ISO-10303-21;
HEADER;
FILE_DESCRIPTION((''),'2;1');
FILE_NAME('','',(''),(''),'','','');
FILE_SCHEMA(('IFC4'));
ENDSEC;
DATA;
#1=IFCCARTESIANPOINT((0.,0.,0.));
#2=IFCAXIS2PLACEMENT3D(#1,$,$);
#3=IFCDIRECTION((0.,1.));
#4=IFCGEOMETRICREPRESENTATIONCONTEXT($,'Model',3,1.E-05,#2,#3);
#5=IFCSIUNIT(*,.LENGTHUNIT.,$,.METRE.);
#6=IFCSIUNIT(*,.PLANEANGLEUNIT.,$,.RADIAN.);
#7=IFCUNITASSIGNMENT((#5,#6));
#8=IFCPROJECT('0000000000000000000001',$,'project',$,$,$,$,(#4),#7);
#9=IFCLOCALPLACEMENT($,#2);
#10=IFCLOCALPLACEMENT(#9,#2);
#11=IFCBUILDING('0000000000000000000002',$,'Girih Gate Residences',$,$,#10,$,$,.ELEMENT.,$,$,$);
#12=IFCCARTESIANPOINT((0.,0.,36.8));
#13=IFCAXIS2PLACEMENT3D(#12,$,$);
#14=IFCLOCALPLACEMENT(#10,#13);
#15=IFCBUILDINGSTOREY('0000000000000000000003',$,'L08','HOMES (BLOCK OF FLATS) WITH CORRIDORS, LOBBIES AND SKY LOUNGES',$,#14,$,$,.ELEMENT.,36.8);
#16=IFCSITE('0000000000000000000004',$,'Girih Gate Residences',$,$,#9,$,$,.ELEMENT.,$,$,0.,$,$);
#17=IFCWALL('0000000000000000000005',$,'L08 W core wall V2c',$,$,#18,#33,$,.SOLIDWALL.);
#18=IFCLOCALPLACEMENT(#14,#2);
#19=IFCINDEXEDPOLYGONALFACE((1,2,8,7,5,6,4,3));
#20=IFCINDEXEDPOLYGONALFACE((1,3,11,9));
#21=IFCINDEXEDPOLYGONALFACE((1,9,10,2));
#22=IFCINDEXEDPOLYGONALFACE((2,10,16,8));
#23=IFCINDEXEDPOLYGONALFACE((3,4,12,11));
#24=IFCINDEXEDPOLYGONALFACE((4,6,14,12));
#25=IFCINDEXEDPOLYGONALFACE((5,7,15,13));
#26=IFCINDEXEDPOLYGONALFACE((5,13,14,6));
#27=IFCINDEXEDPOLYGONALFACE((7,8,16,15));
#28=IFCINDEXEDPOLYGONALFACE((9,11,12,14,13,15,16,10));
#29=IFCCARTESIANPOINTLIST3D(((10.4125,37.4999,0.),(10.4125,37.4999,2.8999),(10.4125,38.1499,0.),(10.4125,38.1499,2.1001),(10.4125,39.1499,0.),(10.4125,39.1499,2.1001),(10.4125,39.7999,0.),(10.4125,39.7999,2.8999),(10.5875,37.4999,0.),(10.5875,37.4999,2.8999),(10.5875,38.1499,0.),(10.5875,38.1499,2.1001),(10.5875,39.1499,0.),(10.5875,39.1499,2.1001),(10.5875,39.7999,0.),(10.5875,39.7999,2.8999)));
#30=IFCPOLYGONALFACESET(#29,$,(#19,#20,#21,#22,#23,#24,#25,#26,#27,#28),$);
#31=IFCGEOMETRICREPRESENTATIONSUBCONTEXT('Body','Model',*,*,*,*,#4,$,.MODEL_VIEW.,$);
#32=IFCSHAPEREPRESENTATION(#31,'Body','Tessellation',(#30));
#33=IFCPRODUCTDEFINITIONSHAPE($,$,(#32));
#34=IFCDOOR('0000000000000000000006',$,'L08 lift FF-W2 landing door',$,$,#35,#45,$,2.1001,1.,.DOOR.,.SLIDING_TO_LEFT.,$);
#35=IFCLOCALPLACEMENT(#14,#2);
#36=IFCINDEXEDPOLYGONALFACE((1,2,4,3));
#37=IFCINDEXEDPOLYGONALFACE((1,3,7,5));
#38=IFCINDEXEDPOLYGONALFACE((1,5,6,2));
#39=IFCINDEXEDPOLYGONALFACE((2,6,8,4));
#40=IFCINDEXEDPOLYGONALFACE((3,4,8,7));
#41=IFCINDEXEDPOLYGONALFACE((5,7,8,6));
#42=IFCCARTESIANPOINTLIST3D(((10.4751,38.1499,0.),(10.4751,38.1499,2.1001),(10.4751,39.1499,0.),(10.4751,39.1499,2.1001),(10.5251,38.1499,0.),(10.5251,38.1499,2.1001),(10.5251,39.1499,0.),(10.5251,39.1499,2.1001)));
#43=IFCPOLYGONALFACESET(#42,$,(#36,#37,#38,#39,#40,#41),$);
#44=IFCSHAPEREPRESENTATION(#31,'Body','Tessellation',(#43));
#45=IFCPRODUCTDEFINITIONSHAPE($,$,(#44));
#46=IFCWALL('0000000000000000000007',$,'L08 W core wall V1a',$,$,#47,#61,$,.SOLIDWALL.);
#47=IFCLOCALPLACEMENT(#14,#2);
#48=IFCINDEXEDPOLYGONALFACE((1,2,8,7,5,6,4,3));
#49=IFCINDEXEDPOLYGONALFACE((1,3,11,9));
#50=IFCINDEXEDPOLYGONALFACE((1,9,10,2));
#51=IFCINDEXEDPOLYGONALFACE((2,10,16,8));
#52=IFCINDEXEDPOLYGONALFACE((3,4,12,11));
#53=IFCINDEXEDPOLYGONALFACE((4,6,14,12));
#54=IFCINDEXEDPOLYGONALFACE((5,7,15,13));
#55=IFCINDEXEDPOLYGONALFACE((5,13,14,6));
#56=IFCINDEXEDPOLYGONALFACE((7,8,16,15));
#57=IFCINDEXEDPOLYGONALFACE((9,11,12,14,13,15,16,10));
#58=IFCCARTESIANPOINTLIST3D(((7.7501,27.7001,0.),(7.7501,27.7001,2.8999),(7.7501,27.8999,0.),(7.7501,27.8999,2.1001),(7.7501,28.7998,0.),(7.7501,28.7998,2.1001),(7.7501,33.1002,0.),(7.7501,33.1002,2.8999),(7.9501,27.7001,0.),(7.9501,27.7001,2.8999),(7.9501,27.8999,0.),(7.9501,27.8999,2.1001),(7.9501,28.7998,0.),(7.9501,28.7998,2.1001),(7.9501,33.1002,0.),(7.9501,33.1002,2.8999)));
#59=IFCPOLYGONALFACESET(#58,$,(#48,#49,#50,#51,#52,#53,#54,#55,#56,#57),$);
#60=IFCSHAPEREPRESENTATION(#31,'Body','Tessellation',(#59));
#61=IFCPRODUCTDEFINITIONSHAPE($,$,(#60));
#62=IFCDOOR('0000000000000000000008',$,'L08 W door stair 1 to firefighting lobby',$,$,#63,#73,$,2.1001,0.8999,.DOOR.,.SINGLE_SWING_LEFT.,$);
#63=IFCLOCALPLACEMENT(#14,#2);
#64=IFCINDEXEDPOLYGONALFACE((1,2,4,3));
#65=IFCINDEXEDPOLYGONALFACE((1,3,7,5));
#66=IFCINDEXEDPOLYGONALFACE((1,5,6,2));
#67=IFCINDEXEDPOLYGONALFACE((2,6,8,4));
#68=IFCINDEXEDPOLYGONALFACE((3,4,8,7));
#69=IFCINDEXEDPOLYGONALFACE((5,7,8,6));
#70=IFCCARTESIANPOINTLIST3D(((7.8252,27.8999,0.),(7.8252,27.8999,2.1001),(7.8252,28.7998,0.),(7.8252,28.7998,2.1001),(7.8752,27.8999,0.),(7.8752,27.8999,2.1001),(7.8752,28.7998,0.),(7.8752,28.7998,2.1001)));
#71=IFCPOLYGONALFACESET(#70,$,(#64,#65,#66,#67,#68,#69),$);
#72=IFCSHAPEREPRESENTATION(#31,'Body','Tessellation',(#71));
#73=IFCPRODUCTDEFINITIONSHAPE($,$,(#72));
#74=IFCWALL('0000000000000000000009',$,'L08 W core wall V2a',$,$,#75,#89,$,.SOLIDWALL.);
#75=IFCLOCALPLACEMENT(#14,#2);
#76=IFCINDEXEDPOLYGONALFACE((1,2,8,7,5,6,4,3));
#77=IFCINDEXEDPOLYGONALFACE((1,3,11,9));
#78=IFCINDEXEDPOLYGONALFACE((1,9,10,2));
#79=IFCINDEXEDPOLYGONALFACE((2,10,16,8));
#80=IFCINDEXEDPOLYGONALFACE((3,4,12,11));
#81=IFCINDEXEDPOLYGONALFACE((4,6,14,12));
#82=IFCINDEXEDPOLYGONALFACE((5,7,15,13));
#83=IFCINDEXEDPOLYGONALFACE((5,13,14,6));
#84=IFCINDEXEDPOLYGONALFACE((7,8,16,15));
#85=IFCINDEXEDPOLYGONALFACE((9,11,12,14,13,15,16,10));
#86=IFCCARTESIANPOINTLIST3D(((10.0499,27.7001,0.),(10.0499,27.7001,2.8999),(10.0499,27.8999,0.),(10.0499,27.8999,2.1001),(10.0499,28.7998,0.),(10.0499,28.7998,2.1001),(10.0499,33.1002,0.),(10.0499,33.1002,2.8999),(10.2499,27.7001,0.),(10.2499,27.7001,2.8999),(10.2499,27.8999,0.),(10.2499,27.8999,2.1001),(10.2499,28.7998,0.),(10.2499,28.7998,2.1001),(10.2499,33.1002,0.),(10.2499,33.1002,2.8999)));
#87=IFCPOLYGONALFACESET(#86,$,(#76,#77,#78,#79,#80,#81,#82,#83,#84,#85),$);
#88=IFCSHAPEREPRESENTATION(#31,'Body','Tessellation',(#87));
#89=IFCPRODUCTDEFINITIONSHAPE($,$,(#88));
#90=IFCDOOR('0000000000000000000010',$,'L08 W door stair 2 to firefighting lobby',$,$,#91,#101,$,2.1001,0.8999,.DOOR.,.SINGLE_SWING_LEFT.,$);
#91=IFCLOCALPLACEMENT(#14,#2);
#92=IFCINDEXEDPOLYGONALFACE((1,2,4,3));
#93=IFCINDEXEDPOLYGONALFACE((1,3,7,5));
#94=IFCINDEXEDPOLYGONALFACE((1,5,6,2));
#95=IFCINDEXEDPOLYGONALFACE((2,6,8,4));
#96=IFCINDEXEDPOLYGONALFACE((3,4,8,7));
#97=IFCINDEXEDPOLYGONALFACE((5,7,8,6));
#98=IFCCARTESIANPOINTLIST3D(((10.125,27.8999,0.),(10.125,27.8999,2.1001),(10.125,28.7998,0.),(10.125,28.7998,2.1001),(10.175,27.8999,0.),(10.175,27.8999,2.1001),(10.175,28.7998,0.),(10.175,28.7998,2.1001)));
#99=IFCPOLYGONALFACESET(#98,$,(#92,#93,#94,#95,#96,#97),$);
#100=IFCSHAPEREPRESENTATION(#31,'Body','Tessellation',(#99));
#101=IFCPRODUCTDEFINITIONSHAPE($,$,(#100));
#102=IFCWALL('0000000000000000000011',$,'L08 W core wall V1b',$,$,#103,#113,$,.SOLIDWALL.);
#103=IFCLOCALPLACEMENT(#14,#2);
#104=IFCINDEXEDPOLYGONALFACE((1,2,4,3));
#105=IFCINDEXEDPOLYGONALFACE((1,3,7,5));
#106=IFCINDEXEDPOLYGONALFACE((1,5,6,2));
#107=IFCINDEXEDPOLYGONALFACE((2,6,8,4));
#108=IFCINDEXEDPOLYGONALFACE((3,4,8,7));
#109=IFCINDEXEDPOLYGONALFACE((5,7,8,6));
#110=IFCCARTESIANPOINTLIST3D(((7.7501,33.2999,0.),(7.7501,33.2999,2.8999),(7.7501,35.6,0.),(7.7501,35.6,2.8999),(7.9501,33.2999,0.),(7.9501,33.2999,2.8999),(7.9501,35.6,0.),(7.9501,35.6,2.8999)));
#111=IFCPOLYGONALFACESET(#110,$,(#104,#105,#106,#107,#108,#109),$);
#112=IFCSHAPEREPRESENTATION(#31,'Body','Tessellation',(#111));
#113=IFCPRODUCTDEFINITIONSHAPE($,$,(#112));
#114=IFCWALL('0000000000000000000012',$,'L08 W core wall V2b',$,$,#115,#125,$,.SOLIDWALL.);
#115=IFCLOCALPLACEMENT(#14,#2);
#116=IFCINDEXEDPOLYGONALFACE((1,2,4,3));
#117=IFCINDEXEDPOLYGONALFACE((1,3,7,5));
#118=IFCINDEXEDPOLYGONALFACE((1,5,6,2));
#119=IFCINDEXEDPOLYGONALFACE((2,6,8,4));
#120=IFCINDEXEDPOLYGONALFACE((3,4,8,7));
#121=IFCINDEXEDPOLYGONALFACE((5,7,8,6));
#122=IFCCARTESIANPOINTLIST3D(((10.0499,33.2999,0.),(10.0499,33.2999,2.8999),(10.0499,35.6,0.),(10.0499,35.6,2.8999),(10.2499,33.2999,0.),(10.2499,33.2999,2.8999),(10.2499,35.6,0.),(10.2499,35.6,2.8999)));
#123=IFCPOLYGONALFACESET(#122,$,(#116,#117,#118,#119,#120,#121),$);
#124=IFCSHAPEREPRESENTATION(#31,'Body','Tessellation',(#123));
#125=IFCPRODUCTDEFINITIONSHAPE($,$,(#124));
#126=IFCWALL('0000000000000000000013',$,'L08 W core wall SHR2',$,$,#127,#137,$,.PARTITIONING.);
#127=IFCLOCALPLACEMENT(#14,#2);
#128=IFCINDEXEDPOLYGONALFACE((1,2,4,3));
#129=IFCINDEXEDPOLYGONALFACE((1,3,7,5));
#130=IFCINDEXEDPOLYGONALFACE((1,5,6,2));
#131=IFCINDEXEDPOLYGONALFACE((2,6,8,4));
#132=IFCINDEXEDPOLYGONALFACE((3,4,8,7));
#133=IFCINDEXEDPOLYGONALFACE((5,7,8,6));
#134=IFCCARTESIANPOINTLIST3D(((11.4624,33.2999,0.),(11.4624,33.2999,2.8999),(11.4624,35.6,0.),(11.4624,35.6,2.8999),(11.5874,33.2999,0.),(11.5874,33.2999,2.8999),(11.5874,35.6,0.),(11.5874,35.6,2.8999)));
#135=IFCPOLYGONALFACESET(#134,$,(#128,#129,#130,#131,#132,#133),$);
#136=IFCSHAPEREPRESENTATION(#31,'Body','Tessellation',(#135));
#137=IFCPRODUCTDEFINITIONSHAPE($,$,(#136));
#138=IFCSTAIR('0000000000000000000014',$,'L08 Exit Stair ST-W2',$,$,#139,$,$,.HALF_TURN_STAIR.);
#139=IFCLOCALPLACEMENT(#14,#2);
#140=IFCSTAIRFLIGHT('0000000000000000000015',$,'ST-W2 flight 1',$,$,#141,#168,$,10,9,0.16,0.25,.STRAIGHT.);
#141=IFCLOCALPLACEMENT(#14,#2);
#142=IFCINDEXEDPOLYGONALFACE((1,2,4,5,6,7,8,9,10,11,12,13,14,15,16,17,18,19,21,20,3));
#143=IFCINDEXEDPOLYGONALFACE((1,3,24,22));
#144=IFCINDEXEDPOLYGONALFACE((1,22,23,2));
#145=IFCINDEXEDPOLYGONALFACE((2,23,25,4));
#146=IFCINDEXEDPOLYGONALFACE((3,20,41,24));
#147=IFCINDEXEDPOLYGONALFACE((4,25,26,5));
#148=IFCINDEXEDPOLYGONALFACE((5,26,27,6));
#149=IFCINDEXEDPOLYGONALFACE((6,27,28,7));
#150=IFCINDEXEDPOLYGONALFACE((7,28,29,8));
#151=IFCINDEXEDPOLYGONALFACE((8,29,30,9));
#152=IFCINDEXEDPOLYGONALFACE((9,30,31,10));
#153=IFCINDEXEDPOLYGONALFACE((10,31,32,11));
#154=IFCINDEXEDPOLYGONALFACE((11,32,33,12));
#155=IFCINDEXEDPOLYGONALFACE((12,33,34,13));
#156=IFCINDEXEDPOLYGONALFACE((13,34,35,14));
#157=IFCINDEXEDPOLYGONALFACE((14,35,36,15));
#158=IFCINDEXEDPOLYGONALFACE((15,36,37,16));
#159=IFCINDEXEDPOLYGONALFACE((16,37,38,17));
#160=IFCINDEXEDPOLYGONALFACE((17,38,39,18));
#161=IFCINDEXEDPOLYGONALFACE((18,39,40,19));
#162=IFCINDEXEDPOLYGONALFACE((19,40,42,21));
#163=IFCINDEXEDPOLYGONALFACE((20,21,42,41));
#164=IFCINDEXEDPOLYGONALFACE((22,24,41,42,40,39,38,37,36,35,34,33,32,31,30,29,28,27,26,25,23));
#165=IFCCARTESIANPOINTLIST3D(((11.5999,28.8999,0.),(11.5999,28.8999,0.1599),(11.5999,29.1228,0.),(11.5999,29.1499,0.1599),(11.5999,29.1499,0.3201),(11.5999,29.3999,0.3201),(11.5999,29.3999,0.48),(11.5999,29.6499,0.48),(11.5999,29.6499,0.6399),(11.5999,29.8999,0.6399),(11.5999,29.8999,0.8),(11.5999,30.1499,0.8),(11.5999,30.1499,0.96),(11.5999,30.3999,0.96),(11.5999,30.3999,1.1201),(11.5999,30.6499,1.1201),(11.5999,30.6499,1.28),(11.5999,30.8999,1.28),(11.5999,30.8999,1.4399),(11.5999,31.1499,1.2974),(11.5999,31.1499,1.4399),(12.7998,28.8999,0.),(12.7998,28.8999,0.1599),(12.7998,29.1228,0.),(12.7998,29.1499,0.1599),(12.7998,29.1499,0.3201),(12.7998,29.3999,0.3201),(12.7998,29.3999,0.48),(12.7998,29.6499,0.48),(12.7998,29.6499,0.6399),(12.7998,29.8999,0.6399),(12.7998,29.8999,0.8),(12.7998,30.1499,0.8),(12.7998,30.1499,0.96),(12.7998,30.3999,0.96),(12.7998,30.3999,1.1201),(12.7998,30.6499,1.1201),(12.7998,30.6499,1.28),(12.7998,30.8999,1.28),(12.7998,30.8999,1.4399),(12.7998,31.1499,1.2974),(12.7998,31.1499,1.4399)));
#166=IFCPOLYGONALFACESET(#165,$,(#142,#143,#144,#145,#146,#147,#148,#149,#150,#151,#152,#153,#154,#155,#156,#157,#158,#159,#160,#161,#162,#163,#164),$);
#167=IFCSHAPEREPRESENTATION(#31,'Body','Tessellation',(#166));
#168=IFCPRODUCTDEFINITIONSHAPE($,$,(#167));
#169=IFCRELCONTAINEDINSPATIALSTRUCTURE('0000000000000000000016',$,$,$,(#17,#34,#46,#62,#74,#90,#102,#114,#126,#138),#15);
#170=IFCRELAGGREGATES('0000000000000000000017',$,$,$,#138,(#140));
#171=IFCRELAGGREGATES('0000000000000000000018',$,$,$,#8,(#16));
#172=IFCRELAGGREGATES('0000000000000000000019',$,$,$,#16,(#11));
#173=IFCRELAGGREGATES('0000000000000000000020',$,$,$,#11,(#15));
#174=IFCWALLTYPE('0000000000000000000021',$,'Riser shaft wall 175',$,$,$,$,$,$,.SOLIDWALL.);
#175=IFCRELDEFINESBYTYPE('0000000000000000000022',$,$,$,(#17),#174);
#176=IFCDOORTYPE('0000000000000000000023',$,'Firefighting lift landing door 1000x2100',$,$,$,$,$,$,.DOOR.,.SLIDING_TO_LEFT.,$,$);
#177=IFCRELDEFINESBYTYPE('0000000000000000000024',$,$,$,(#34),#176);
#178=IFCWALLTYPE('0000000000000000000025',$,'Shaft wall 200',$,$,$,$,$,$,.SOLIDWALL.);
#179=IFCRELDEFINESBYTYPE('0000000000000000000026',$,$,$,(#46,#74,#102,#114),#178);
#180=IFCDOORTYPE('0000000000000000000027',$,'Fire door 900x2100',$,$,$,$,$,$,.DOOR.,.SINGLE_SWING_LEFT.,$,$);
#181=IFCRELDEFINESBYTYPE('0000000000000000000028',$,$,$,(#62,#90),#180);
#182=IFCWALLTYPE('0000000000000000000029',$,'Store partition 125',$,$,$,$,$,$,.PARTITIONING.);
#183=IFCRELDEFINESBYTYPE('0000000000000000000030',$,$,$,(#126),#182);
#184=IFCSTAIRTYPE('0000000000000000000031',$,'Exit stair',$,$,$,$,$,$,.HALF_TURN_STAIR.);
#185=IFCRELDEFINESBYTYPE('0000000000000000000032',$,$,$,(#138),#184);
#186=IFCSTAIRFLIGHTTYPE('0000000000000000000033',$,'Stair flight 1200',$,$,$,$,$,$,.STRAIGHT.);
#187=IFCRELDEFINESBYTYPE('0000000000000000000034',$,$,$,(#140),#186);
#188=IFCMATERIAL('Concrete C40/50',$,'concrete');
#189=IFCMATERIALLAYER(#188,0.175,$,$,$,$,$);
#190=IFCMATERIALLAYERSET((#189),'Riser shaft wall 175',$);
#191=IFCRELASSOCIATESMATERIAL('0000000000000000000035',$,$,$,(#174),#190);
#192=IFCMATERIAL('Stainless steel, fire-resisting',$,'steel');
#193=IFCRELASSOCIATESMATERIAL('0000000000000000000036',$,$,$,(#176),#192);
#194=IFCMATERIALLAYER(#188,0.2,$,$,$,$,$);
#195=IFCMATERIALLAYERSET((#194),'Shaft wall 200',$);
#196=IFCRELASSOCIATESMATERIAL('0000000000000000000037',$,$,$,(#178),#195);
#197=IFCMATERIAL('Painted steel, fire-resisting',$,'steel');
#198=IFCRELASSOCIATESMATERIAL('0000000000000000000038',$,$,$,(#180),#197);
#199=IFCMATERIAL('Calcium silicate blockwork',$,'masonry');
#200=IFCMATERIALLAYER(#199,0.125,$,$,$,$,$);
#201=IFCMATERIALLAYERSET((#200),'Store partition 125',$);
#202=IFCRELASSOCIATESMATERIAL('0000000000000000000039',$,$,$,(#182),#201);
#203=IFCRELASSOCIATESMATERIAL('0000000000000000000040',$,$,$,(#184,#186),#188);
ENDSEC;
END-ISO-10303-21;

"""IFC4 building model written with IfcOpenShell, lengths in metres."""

from ifc_helpers import new_model, si_unit, direction, frame, frame_2d, origin, place, context, subcontext, project, spatial, polyline, rectangle, outline, extrude, material, layer, layer_set, type_object, element, fill, aggregate, save


model = new_model("IFC4")

# Units and contexts
model_context = context("Model", 3, precision=1e-05, world=origin(), true_north=direction((0.0, 1.0)))
body_context = subcontext(model_context, "Body", "Model", "MODEL_VIEW")
ifc_project = project(units=[si_unit("LENGTHUNIT", "METRE"), si_unit("PLANEANGLEUNIT", "RADIAN")], contexts=[model_context])

# Site, building, storey
site_placement = place(None, origin())
site = spatial("IfcSite", under=ifc_project, at=site_placement, Name="Girih Gate Residences", CompositionType="ELEMENT", RefElevation=0.0)
building_placement = place(site_placement, origin())
building = spatial("IfcBuilding", under=site, at=building_placement, Name="Girih Gate Residences", CompositionType="ELEMENT")
storey_placement = place(building_placement, frame((0.0, 0.0, 36.8)))
storey = spatial("IfcBuildingStorey", under=building, at=storey_placement, Name="L08", Description="HOMES (BLOCK OF FLATS) WITH CORRIDORS, LOBBIES AND SKY LOUNGES", CompositionType="ELEMENT", Elevation=36.8)

# Shared definitions
ifc_material_1 = material(Name="Painted steel, fire-resisting", Category="steel")

# Walls, openings, doors
ifc_material_2 = material(Name="Concrete C40/50", Category="concrete")
ifc_layer_1 = layer(ifc_material_2, 0.175)
ifc_layer_set_1 = layer_set([ifc_layer_1], Name="Riser shaft wall 175")
wall_type_1 = type_object("IfcWallType", Name="Riser shaft wall 175", PredefinedType="SOLIDWALL", material=ifc_layer_set_1)
wall_1_placement = place(storey_placement, frame((10.5, 37.5, 0.0), z_axis=(0.0, 0.0, 1.0), x_axis=(0.0, 1.0, 0.0)))
wall_1 = element("IfcWall", 1, at=wall_1_placement, inside=storey, type_object=wall_type_1, Name="L08 W core wall V2c", PredefinedType="SOLIDWALL", context=body_context, shape_type="SweptSolid", body=[
    extrude(rectangle(XDim=2.3, YDim=0.175, at=frame_2d((1.1499, 0.0))), origin(), (0.0, 0.0, 1.0), 2.8999),
])
opening_1_placement = place(wall_1_placement, frame((0.6499, 0.0, 0.0)))
opening_1 = element("IfcOpeningElement", 2, at=opening_1_placement, cuts=wall_1, PredefinedType="OPENING", context=body_context, shape_type="SweptSolid", body=[
    extrude(rectangle(XDim=1.0, YDim=2.1001, at=frame_2d((0.5, 1.05))), frame((0.0, 0.0974, 0.0), z_axis=(0.0, -1.0, 0.0), x_axis=(1.0, 0.0, 0.0)), (0.0, 0.0, 1.0), 0.1951),
])
ifc_material_3 = material(Name="Stainless steel, fire-resisting", Category="steel")
door_type_1 = type_object("IfcDoorType", Name="Firefighting lift landing door 1000x2100", OperationType="SLIDING_TO_LEFT", PredefinedType="DOOR", material=ifc_material_3)
door_1_placement = place(opening_1_placement, origin())
door_1 = element("IfcDoor", 3, at=door_1_placement, inside=storey, type_object=door_type_1, Name="L08 lift FF-W2 landing door", OperationType="SLIDING_TO_LEFT", OverallHeight=2.1001, OverallWidth=1.0, PredefinedType="DOOR", context=body_context, shape_type="SweptSolid", body=[
    extrude(rectangle(XDim=1.0, YDim=2.1001, at=frame_2d((0.5, 1.05))), frame((0.0, 0.0249, 0.0), z_axis=(0.0, -1.0, 0.0), x_axis=(1.0, 0.0, 0.0)), (0.0, 0.0, 1.0), 0.05),
])
fill(opening_1, door_1)
ifc_layer_2 = layer(ifc_material_2, 0.2)
ifc_layer_set_2 = layer_set([ifc_layer_2], Name="Shaft wall 200")
wall_type_2 = type_object("IfcWallType", Name="Shaft wall 200", PredefinedType="SOLIDWALL", material=ifc_layer_set_2)
wall_2_placement = place(storey_placement, frame((7.8501, 27.7, 0.0), z_axis=(0.0, 0.0, 1.0), x_axis=(0.0, 1.0, 0.0)))
wall_2 = element("IfcWall", 4, at=wall_2_placement, inside=storey, type_object=wall_type_2, Name="L08 W core wall V1a", PredefinedType="SOLIDWALL", context=body_context, shape_type="SweptSolid", body=[
    extrude(rectangle(XDim=5.4001, YDim=0.2, at=frame_2d((2.7002, 0.0))), origin(), (0.0, 0.0, 1.0), 2.8999),
])
opening_2_placement = place(wall_2_placement, frame((0.2, 0.0, 0.0)))
opening_2 = element("IfcOpeningElement", 5, at=opening_2_placement, cuts=wall_2, PredefinedType="OPENING", context=body_context, shape_type="SweptSolid", body=[
    extrude(rectangle(XDim=0.8999, YDim=2.1001, at=frame_2d((0.45, 1.05))), frame((0.0, 0.1099, 0.0), z_axis=(0.0, -1.0, 0.0), x_axis=(1.0, 0.0, 0.0)), (0.0, 0.0, 1.0), 0.22),
])
door_type_2 = type_object("IfcDoorType", Name="Fire door 900x2100", OperationType="SINGLE_SWING_LEFT", PredefinedType="DOOR", material=ifc_material_1)
door_2_placement = place(opening_2_placement, origin())
door_2 = element("IfcDoor", 6, at=door_2_placement, inside=storey, type_object=door_type_2, Name="L08 W door stair 1 to firefighting lobby", OperationType="SINGLE_SWING_LEFT", OverallHeight=2.1001, OverallWidth=0.8999, PredefinedType="DOOR", context=body_context, shape_type="SweptSolid", body=[
    extrude(rectangle(XDim=0.8999, YDim=2.1001, at=frame_2d((0.45, 1.05))), frame((0.0, 0.0249, 0.0), z_axis=(0.0, -1.0, 0.0), x_axis=(1.0, 0.0, 0.0)), (0.0, 0.0, 1.0), 0.05),
])
fill(opening_2, door_2)
wall_3_placement = place(storey_placement, frame((10.1499, 27.7, 0.0), z_axis=(0.0, 0.0, 1.0), x_axis=(0.0, 1.0, 0.0)))
wall_3 = element("IfcWall", 7, at=wall_3_placement, inside=storey, type_object=wall_type_2, Name="L08 W core wall V2a", PredefinedType="SOLIDWALL", context=body_context, shape_type="SweptSolid", body=[
    extrude(rectangle(XDim=5.4001, YDim=0.2, at=frame_2d((2.7002, 0.0))), origin(), (0.0, 0.0, 1.0), 2.8999),
])
opening_3_placement = place(wall_3_placement, frame((0.2, 0.0, 0.0)))
opening_3 = element("IfcOpeningElement", 8, at=opening_3_placement, cuts=wall_3, PredefinedType="OPENING", context=body_context, shape_type="SweptSolid", body=[
    extrude(rectangle(XDim=0.8999, YDim=2.1001, at=frame_2d((0.45, 1.05))), frame((0.0, 0.1099, 0.0), z_axis=(0.0, -1.0, 0.0), x_axis=(1.0, 0.0, 0.0)), (0.0, 0.0, 1.0), 0.22),
])
door_3_placement = place(opening_3_placement, origin())
door_3 = element("IfcDoor", 9, at=door_3_placement, inside=storey, type_object=door_type_2, Name="L08 W door stair 2 to firefighting lobby", OperationType="SINGLE_SWING_LEFT", OverallHeight=2.1001, OverallWidth=0.8999, PredefinedType="DOOR", context=body_context, shape_type="SweptSolid", body=[
    extrude(rectangle(XDim=0.8999, YDim=2.1001, at=frame_2d((0.45, 1.05))), frame((0.0, 0.0249, 0.0), z_axis=(0.0, -1.0, 0.0), x_axis=(1.0, 0.0, 0.0)), (0.0, 0.0, 1.0), 0.05),
])
fill(opening_3, door_3)

# Walls
for number, where, z_axis, x_axis, name in (
    (10, (7.8501, 33.3, 0.0), (0.0, 0.0, 1.0), (0.0, 1.0, 0.0), "L08 W core wall V1b"),
    (11, (10.1499, 33.3, 0.0), (0.0, 0.0, 1.0), (0.0, 1.0, 0.0), "L08 W core wall V2b"),
):
    element("IfcWall", number, at=place(storey_placement, frame(where, z_axis=z_axis, x_axis=x_axis)), inside=storey, type_object=wall_type_2, Name=name, PredefinedType="SOLIDWALL", context=body_context, shape_type="SweptSolid", body=[
        extrude(rectangle(XDim=2.3, YDim=0.2, at=frame_2d((1.1499, 0.0))), origin(), (0.0, 0.0, 1.0), 2.8999),
    ])
ifc_material_4 = material(Name="Calcium silicate blockwork", Category="masonry")
ifc_layer_3 = layer(ifc_material_4, 0.125)
ifc_layer_set_3 = layer_set([ifc_layer_3], Name="Store partition 125")
wall_type_3 = type_object("IfcWallType", Name="Store partition 125", PredefinedType="PARTITIONING", material=ifc_layer_set_3)
wall_4_placement = place(storey_placement, frame((11.5249, 33.3, 0.0), z_axis=(0.0, 0.0, 1.0), x_axis=(0.0, 1.0, 0.0)))
element("IfcWall", 12, at=wall_4_placement, inside=storey, type_object=wall_type_3, Name="L08 W core wall SHR2", PredefinedType="PARTITIONING", context=body_context, shape_type="SweptSolid", body=[
    extrude(rectangle(XDim=2.3, YDim=0.125, at=frame_2d((1.1499, 0.0))), origin(), (0.0, 0.0, 1.0), 2.8999),
])

# Stair, stair flight
stair_type = type_object("IfcStairType", Name="Exit stair", PredefinedType="HALF_TURN_STAIR", material=ifc_material_2)
stair_placement = place(storey_placement, origin())
stair = element("IfcStair", 13, at=stair_placement, inside=storey, type_object=stair_type, Name="L08 Exit Stair ST-W2", PredefinedType="HALF_TURN_STAIR")
stair_flight_type = type_object("IfcStairFlightType", Name="Stair flight 1200", PredefinedType="STRAIGHT", material=ifc_material_2)
stair_flight_1_placement = place(storey_placement, frame((12.2, 28.8999, 0.0), z_axis=(0.0, 0.0, 1.0), x_axis=(0.0, 1.0, 0.0)))
stair_flight_1 = element("IfcStairFlight", 14, at=stair_flight_1_placement, type_object=stair_flight_type, Name="ST-W2 flight 1", NumberOfRisers=10, NumberOfTreads=9, PredefinedType="STRAIGHT", RiserHeight=0.16, TreadLength=0.25, context=body_context, shape_type="SweptSolid", body=[
    extrude(outline(polyline([(0.0, 0.0), (0.0, 0.1599), (0.25, 0.1599), (0.25, 0.3201), (0.5, 0.3201), (0.5, 0.48), (0.75, 0.48), (0.75, 0.6399), (1.0, 0.6399), (1.0, 0.8), (1.25, 0.8), (1.25, 0.96), (1.5, 0.96), (1.5, 1.1201), (1.75, 1.1201), (1.75, 1.28), (2.0, 1.28), (2.0, 1.4399), (2.25, 1.4399), (2.25, 1.6001), (2.25, 1.2974), (0.2229, 0.0), (0.0, 0.0)])), frame((0.0, 0.6001, 0.0), z_axis=(0.0, -1.0, 0.0), x_axis=(1.0, 0.0, 0.0)), (0.0, 0.0, 1.0), 1.2),
])
aggregate(stair, [stair_flight_1])

save(model, "model.ifc")
